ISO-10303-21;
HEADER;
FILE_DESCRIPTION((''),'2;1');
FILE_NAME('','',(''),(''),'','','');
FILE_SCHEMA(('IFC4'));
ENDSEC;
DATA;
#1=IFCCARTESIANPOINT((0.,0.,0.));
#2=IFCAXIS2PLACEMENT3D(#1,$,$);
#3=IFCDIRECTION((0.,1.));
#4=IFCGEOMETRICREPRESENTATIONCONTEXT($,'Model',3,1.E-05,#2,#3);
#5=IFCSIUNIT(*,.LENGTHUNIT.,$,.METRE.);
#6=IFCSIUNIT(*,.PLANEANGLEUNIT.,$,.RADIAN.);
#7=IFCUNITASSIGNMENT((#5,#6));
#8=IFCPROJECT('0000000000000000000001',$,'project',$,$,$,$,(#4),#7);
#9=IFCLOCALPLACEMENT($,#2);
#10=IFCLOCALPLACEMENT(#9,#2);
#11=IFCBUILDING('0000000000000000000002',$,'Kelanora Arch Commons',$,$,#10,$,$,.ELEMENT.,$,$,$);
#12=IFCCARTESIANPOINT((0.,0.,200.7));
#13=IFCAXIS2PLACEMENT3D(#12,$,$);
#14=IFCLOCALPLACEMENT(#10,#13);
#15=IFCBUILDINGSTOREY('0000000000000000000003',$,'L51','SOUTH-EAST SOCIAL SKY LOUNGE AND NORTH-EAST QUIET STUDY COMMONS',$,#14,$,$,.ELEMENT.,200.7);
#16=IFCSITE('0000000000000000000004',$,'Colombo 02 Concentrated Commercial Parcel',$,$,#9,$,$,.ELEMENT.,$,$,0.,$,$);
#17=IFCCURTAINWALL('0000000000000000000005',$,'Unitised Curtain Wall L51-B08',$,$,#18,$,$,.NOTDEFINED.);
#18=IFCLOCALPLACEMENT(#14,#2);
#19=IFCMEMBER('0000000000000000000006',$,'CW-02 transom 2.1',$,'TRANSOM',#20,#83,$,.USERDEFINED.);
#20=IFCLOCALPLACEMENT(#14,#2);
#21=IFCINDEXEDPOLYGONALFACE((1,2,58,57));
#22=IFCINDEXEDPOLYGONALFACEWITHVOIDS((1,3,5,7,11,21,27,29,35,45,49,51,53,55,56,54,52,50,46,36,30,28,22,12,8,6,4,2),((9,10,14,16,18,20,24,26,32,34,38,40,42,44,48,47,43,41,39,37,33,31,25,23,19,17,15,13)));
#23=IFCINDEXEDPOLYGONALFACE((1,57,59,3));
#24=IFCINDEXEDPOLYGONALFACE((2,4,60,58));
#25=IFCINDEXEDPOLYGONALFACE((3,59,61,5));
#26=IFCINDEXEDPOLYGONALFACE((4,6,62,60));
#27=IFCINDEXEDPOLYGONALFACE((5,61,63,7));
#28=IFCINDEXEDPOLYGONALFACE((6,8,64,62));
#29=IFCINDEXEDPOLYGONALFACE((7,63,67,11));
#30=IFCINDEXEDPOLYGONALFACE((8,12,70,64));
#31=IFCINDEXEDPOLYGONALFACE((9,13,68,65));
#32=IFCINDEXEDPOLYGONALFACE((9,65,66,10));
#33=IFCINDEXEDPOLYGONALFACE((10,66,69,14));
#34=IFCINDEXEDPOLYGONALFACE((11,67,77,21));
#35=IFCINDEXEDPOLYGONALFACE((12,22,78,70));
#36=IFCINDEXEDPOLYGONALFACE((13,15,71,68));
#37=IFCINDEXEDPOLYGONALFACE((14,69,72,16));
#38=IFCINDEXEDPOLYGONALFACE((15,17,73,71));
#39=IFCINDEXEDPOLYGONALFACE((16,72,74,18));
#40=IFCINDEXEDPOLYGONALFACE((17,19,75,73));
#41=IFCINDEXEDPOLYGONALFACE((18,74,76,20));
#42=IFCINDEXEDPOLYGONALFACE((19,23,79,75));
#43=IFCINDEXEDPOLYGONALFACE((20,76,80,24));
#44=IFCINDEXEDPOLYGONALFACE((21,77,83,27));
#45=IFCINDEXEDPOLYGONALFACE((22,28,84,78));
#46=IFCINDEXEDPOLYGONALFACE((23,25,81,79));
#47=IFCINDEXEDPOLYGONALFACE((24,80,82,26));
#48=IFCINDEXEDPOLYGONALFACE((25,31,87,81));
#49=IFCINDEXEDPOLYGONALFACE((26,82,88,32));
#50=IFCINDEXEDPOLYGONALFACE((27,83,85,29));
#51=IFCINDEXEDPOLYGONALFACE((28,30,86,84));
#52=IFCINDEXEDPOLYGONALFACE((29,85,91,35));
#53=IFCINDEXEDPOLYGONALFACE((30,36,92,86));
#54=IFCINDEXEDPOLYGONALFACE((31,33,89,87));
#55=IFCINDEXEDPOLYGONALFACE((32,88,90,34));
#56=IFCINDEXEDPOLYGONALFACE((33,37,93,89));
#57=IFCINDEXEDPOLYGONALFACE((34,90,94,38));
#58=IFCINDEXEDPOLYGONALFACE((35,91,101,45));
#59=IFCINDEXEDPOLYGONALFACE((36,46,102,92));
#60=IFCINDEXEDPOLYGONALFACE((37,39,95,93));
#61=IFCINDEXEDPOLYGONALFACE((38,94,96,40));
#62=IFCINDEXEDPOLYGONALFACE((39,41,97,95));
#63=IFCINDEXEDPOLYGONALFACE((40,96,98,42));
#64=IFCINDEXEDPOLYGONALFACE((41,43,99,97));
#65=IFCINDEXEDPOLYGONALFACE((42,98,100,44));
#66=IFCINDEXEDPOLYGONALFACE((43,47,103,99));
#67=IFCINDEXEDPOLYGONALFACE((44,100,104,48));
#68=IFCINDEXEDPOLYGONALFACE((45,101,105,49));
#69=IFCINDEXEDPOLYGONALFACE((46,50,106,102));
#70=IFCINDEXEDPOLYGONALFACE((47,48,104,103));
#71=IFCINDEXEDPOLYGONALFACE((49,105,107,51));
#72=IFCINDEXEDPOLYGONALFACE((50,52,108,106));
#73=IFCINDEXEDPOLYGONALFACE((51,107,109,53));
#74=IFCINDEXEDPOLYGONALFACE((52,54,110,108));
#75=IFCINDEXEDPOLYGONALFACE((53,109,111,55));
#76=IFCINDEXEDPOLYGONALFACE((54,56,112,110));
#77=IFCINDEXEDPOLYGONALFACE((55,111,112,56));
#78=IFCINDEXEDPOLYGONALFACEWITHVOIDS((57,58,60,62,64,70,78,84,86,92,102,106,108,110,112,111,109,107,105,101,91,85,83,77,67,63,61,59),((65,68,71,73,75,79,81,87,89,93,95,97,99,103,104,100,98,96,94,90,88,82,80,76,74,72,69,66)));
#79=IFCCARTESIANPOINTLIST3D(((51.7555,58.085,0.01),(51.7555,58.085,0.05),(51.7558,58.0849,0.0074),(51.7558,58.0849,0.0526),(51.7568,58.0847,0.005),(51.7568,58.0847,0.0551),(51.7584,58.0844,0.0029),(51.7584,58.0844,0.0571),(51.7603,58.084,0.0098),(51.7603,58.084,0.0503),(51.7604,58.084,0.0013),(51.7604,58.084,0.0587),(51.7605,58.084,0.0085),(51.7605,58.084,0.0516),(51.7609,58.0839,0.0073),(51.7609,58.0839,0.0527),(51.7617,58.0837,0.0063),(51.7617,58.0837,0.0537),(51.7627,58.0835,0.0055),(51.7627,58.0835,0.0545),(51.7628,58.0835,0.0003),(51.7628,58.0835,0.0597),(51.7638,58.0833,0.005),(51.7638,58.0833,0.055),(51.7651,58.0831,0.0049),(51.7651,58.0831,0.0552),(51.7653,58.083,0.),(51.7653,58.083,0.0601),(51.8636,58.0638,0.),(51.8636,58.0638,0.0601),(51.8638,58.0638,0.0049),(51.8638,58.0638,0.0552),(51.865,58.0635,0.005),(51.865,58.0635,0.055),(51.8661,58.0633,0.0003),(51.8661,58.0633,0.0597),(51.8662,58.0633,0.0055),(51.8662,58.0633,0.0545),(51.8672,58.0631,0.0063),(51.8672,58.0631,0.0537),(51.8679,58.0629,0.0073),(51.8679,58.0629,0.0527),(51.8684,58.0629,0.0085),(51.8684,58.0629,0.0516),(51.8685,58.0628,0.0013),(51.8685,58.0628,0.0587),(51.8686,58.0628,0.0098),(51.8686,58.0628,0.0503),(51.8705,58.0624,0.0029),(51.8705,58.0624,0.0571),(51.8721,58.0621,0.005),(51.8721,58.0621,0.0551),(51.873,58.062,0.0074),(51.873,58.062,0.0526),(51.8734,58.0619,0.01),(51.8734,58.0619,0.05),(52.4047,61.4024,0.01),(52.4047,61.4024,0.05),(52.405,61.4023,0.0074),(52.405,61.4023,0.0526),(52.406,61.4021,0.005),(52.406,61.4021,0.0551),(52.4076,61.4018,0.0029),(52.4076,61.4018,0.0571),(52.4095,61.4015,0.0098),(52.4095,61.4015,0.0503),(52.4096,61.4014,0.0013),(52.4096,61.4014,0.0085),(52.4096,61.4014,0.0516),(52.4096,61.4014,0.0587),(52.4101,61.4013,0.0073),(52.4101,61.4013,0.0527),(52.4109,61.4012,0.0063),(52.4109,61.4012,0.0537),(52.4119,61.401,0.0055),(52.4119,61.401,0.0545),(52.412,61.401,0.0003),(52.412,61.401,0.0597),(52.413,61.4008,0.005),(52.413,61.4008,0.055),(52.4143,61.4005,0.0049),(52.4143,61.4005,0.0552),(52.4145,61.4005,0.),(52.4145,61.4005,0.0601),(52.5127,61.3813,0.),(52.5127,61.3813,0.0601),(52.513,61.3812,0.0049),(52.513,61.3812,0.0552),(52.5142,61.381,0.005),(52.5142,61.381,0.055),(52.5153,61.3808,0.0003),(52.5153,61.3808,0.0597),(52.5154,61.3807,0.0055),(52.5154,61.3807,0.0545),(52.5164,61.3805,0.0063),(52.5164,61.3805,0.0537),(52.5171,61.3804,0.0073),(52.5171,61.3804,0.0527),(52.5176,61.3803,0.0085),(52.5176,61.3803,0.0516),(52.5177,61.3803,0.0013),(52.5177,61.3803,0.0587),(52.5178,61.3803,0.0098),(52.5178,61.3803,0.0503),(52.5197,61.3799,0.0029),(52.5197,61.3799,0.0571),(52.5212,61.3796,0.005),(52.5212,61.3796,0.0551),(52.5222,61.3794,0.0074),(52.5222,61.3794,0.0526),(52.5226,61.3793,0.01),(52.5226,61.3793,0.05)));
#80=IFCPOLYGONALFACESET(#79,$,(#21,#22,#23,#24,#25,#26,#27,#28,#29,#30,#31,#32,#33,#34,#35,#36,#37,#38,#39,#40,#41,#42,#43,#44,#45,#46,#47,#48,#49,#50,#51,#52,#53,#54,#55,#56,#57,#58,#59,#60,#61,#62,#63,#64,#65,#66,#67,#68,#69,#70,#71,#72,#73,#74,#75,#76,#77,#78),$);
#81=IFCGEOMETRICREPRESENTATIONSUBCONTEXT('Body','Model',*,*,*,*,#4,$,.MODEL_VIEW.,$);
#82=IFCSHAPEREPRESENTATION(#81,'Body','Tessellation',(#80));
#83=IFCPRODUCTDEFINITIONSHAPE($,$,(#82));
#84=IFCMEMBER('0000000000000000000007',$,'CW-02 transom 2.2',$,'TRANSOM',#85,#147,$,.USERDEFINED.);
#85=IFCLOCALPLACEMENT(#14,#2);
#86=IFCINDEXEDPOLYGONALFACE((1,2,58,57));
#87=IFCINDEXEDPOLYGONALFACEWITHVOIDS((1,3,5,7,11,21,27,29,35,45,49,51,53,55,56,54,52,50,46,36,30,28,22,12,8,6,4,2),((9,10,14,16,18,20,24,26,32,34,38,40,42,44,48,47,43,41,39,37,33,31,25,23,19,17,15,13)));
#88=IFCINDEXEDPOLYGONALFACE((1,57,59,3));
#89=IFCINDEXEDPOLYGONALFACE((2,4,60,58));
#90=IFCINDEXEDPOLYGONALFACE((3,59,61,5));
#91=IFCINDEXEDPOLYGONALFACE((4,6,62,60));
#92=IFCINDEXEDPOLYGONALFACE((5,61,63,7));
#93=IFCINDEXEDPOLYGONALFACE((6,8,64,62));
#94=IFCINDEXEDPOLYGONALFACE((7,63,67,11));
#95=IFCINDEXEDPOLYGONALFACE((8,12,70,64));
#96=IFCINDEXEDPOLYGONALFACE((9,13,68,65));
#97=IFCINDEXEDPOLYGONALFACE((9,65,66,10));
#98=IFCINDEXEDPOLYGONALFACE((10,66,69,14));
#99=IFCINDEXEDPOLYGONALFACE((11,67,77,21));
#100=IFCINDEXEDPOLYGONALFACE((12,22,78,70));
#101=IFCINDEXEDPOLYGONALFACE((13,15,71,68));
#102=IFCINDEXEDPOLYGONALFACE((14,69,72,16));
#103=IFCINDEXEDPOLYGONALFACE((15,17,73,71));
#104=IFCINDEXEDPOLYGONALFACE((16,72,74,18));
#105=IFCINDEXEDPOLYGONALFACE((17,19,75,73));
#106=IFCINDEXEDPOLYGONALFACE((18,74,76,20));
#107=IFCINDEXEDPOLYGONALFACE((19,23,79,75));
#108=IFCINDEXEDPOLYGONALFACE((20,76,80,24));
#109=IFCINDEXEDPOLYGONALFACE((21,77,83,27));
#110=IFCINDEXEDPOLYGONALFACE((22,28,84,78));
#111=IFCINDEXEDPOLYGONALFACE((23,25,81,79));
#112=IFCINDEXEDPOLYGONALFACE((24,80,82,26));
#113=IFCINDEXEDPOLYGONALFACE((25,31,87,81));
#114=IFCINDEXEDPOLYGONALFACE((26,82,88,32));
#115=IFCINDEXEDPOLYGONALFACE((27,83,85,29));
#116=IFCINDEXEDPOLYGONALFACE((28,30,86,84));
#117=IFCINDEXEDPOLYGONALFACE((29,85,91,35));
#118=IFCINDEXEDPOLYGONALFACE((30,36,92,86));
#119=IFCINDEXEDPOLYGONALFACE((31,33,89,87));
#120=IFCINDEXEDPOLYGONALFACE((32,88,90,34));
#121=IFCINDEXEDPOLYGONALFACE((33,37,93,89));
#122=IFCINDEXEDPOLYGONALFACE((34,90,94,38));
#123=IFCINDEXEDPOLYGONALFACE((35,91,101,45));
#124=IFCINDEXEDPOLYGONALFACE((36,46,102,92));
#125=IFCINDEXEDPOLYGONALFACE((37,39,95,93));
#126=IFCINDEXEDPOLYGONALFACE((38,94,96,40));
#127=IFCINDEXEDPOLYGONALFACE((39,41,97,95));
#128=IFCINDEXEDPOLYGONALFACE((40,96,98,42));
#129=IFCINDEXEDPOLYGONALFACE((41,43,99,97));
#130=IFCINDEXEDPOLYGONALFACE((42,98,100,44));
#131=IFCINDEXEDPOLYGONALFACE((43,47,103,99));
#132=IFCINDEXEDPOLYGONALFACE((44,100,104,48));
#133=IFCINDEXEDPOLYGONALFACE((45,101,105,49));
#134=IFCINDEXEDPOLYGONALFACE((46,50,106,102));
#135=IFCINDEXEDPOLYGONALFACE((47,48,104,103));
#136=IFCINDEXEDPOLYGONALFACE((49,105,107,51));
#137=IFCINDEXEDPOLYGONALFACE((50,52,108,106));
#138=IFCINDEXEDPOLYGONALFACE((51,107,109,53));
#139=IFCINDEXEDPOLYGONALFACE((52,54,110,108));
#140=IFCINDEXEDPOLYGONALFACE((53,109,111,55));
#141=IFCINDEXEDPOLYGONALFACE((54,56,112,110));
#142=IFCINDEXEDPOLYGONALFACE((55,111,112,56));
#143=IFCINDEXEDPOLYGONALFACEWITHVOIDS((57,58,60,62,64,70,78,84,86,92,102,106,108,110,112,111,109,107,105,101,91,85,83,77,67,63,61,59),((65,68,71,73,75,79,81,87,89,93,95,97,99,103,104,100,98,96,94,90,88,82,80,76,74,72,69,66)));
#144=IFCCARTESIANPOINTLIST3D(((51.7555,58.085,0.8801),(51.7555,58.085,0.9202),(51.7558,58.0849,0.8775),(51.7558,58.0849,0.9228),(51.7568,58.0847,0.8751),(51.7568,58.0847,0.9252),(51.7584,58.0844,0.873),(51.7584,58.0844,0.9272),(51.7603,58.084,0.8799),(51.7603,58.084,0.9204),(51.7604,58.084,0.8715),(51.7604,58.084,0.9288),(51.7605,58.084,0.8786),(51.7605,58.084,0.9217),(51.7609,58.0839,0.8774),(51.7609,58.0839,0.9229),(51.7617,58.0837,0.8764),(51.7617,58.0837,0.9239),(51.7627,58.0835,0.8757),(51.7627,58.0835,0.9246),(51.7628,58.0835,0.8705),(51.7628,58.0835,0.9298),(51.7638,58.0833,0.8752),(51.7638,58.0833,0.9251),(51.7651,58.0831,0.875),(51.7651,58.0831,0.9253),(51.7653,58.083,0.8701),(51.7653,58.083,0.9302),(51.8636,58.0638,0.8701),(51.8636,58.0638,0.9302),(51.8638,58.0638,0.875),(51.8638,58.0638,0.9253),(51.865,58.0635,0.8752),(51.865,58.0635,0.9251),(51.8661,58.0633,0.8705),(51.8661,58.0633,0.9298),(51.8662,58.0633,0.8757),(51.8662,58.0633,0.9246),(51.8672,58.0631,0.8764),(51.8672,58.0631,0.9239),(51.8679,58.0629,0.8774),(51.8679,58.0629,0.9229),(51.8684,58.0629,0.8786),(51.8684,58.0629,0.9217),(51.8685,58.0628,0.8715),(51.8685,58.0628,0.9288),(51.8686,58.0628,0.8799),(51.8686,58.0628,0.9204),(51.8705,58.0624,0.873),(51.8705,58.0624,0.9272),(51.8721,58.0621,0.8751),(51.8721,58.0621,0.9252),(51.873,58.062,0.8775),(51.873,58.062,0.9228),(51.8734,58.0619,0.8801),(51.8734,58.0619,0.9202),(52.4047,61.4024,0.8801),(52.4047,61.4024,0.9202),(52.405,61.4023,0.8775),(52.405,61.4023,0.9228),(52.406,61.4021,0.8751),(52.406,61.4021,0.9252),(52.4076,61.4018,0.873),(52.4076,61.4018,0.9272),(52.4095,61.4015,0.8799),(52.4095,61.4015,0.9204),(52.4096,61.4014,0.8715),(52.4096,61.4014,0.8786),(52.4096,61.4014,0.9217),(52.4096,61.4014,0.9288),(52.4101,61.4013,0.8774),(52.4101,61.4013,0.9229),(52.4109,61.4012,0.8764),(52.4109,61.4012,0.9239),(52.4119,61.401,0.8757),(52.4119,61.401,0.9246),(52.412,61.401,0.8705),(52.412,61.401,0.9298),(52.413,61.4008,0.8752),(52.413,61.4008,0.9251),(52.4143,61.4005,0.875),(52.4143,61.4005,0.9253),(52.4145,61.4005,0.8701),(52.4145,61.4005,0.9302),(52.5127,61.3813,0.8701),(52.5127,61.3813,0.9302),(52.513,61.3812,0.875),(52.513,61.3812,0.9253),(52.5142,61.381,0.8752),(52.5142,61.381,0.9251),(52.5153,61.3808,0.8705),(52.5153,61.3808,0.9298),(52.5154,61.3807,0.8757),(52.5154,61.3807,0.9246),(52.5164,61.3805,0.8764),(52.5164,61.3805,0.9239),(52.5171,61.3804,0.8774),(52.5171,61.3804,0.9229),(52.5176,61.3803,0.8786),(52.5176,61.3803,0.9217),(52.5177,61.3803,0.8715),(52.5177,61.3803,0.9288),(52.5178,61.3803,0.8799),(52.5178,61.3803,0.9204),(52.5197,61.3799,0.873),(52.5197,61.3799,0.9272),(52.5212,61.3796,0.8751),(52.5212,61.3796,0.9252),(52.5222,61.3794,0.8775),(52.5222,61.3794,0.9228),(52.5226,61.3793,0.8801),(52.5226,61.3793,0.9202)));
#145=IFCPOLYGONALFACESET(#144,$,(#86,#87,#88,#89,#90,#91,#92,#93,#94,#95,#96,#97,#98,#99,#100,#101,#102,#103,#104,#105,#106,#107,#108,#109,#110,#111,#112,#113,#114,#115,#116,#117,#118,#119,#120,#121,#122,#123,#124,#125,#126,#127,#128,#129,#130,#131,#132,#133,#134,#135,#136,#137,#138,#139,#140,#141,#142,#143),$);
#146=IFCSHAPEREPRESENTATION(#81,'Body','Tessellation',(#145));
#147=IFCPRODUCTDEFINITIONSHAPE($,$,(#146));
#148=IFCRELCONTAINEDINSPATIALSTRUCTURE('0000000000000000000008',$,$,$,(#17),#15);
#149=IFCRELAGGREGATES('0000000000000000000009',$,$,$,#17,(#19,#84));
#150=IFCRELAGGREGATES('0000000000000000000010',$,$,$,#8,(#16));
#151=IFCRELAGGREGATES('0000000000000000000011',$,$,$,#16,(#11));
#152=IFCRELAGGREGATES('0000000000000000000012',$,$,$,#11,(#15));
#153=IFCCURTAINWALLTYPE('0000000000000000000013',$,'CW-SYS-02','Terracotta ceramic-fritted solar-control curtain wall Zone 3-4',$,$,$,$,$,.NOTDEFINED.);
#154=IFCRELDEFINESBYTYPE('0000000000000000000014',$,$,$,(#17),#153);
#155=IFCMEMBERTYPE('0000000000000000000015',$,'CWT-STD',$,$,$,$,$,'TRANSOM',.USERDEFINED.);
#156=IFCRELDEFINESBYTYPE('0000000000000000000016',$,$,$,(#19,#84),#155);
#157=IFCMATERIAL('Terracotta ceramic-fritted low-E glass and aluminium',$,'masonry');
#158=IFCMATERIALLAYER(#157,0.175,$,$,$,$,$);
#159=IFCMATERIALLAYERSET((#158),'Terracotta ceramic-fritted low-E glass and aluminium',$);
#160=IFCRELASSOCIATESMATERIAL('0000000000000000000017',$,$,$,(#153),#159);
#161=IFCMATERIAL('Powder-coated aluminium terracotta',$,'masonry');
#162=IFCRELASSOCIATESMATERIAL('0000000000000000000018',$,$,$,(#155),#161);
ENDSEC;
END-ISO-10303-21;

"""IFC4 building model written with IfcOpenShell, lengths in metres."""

from ifc_helpers import new_model, si_unit, direction, frame, origin, origin_2d, place, context, subcontext, project, spatial, hollow_rectangle, extrude, material, layer, layer_set, material_profile, profile_set, type_object, element, aggregate, save


model = new_model("IFC4")

# Units and contexts
model_context = context("Model", 3, precision=1e-05, world=origin(), true_north=direction((0.0, 1.0)))
body_context = subcontext(model_context, "Body", "Model", "MODEL_VIEW")
ifc_project = project(units=[si_unit("LENGTHUNIT", "METRE"), si_unit("PLANEANGLEUNIT", "RADIAN")], contexts=[model_context])

# Site, building, storey
site_placement = place(None, origin())
site = spatial("IfcSite", under=ifc_project, at=site_placement, Name="Colombo 02 Concentrated Commercial Parcel", CompositionType="ELEMENT", RefElevation=0.0)
building_placement = place(site_placement, origin())
building = spatial("IfcBuilding", under=site, at=building_placement, Name="Kelanora Arch Commons", CompositionType="ELEMENT")
storey_placement = place(building_placement, frame((0.0, 0.0, 200.7)))
storey = spatial("IfcBuildingStorey", under=building, at=storey_placement, Name="L51", Description="SOUTH-EAST SOCIAL SKY LOUNGE AND NORTH-EAST QUIET STUDY COMMONS", CompositionType="ELEMENT", Elevation=200.7)

# Curtain wall, members
ifc_material_1 = material(Name="Terracotta ceramic-fritted low-E glass and aluminium", Category="masonry")
ifc_layer_1 = layer(ifc_material_1, 0.175)
ifc_layer_set_1 = layer_set([ifc_layer_1], Name="Terracotta ceramic-fritted low-E glass and aluminium")
curtain_wall_type = type_object("IfcCurtainWallType", Name="CW-SYS-02", Description="Terracotta ceramic-fritted solar-control curtain wall Zone 3-4", PredefinedType="NOTDEFINED", material=ifc_layer_set_1)
curtain_wall_placement = place(storey_placement, origin())
curtain_wall = element("IfcCurtainWall", 1, at=curtain_wall_placement, inside=storey, type_object=curtain_wall_type, Name="Unitised Curtain Wall L51-B08", PredefinedType="NOTDEFINED")
ifc_material_2 = material(Name="Powder-coated aluminium terracotta", Category="masonry")
ifc_material_profile_1 = material_profile(ifc_material_2, hollow_rectangle(XDim=0.1201, YDim=0.0601, WallThickness=0.0049, InnerFilletRadius=0.0049, OuterFilletRadius=0.01, at=origin_2d()), Name="CWT120x60")
ifc_profile_set_1 = profile_set([ifc_material_profile_1], Name="Powder-coated aluminium terracotta")
member_type_1 = type_object("IfcMemberType", Name="CWT-STD", ElementType="TRANSOM", PredefinedType="USERDEFINED", material=ifc_profile_set_1)
member_1_placement = place(storey_placement, frame((52.4636, 61.3909, 0.03), z_axis=(-0.192045, -0.981386, 0.0), x_axis=(0.981386, -0.192045, 0.0)))
member_1 = element("IfcMember", 2, at=member_1_placement, type_object=member_type_1, Name="CW-02 transom 2.1", ObjectType="TRANSOM", PredefinedType="USERDEFINED", context=body_context, shape_type="SweptSolid", body=[
    extrude(hollow_rectangle(XDim=0.1201, YDim=0.0601, WallThickness=0.0049, InnerFilletRadius=0.0049, OuterFilletRadius=0.01, at=origin_2d()), origin(), (0.0, 0.0, 1.0), 3.3804),
])
member_2_placement = place(storey_placement, frame((52.4636, 61.3909, 0.9001), z_axis=(-0.192045, -0.981386, 0.0), x_axis=(0.981386, -0.192045, 0.0)))
member_2 = element("IfcMember", 3, at=member_2_placement, type_object=member_type_1, Name="CW-02 transom 2.2", ObjectType="TRANSOM", PredefinedType="USERDEFINED", context=body_context, shape_type="SweptSolid", body=[
    extrude(hollow_rectangle(XDim=0.1201, YDim=0.0601, WallThickness=0.0049, InnerFilletRadius=0.0049, OuterFilletRadius=0.01, at=origin_2d()), origin(), (0.0, 0.0, 1.0), 3.3804),
])
aggregate(curtain_wall, [member_1, member_2])

save(model, "model.ifc")
